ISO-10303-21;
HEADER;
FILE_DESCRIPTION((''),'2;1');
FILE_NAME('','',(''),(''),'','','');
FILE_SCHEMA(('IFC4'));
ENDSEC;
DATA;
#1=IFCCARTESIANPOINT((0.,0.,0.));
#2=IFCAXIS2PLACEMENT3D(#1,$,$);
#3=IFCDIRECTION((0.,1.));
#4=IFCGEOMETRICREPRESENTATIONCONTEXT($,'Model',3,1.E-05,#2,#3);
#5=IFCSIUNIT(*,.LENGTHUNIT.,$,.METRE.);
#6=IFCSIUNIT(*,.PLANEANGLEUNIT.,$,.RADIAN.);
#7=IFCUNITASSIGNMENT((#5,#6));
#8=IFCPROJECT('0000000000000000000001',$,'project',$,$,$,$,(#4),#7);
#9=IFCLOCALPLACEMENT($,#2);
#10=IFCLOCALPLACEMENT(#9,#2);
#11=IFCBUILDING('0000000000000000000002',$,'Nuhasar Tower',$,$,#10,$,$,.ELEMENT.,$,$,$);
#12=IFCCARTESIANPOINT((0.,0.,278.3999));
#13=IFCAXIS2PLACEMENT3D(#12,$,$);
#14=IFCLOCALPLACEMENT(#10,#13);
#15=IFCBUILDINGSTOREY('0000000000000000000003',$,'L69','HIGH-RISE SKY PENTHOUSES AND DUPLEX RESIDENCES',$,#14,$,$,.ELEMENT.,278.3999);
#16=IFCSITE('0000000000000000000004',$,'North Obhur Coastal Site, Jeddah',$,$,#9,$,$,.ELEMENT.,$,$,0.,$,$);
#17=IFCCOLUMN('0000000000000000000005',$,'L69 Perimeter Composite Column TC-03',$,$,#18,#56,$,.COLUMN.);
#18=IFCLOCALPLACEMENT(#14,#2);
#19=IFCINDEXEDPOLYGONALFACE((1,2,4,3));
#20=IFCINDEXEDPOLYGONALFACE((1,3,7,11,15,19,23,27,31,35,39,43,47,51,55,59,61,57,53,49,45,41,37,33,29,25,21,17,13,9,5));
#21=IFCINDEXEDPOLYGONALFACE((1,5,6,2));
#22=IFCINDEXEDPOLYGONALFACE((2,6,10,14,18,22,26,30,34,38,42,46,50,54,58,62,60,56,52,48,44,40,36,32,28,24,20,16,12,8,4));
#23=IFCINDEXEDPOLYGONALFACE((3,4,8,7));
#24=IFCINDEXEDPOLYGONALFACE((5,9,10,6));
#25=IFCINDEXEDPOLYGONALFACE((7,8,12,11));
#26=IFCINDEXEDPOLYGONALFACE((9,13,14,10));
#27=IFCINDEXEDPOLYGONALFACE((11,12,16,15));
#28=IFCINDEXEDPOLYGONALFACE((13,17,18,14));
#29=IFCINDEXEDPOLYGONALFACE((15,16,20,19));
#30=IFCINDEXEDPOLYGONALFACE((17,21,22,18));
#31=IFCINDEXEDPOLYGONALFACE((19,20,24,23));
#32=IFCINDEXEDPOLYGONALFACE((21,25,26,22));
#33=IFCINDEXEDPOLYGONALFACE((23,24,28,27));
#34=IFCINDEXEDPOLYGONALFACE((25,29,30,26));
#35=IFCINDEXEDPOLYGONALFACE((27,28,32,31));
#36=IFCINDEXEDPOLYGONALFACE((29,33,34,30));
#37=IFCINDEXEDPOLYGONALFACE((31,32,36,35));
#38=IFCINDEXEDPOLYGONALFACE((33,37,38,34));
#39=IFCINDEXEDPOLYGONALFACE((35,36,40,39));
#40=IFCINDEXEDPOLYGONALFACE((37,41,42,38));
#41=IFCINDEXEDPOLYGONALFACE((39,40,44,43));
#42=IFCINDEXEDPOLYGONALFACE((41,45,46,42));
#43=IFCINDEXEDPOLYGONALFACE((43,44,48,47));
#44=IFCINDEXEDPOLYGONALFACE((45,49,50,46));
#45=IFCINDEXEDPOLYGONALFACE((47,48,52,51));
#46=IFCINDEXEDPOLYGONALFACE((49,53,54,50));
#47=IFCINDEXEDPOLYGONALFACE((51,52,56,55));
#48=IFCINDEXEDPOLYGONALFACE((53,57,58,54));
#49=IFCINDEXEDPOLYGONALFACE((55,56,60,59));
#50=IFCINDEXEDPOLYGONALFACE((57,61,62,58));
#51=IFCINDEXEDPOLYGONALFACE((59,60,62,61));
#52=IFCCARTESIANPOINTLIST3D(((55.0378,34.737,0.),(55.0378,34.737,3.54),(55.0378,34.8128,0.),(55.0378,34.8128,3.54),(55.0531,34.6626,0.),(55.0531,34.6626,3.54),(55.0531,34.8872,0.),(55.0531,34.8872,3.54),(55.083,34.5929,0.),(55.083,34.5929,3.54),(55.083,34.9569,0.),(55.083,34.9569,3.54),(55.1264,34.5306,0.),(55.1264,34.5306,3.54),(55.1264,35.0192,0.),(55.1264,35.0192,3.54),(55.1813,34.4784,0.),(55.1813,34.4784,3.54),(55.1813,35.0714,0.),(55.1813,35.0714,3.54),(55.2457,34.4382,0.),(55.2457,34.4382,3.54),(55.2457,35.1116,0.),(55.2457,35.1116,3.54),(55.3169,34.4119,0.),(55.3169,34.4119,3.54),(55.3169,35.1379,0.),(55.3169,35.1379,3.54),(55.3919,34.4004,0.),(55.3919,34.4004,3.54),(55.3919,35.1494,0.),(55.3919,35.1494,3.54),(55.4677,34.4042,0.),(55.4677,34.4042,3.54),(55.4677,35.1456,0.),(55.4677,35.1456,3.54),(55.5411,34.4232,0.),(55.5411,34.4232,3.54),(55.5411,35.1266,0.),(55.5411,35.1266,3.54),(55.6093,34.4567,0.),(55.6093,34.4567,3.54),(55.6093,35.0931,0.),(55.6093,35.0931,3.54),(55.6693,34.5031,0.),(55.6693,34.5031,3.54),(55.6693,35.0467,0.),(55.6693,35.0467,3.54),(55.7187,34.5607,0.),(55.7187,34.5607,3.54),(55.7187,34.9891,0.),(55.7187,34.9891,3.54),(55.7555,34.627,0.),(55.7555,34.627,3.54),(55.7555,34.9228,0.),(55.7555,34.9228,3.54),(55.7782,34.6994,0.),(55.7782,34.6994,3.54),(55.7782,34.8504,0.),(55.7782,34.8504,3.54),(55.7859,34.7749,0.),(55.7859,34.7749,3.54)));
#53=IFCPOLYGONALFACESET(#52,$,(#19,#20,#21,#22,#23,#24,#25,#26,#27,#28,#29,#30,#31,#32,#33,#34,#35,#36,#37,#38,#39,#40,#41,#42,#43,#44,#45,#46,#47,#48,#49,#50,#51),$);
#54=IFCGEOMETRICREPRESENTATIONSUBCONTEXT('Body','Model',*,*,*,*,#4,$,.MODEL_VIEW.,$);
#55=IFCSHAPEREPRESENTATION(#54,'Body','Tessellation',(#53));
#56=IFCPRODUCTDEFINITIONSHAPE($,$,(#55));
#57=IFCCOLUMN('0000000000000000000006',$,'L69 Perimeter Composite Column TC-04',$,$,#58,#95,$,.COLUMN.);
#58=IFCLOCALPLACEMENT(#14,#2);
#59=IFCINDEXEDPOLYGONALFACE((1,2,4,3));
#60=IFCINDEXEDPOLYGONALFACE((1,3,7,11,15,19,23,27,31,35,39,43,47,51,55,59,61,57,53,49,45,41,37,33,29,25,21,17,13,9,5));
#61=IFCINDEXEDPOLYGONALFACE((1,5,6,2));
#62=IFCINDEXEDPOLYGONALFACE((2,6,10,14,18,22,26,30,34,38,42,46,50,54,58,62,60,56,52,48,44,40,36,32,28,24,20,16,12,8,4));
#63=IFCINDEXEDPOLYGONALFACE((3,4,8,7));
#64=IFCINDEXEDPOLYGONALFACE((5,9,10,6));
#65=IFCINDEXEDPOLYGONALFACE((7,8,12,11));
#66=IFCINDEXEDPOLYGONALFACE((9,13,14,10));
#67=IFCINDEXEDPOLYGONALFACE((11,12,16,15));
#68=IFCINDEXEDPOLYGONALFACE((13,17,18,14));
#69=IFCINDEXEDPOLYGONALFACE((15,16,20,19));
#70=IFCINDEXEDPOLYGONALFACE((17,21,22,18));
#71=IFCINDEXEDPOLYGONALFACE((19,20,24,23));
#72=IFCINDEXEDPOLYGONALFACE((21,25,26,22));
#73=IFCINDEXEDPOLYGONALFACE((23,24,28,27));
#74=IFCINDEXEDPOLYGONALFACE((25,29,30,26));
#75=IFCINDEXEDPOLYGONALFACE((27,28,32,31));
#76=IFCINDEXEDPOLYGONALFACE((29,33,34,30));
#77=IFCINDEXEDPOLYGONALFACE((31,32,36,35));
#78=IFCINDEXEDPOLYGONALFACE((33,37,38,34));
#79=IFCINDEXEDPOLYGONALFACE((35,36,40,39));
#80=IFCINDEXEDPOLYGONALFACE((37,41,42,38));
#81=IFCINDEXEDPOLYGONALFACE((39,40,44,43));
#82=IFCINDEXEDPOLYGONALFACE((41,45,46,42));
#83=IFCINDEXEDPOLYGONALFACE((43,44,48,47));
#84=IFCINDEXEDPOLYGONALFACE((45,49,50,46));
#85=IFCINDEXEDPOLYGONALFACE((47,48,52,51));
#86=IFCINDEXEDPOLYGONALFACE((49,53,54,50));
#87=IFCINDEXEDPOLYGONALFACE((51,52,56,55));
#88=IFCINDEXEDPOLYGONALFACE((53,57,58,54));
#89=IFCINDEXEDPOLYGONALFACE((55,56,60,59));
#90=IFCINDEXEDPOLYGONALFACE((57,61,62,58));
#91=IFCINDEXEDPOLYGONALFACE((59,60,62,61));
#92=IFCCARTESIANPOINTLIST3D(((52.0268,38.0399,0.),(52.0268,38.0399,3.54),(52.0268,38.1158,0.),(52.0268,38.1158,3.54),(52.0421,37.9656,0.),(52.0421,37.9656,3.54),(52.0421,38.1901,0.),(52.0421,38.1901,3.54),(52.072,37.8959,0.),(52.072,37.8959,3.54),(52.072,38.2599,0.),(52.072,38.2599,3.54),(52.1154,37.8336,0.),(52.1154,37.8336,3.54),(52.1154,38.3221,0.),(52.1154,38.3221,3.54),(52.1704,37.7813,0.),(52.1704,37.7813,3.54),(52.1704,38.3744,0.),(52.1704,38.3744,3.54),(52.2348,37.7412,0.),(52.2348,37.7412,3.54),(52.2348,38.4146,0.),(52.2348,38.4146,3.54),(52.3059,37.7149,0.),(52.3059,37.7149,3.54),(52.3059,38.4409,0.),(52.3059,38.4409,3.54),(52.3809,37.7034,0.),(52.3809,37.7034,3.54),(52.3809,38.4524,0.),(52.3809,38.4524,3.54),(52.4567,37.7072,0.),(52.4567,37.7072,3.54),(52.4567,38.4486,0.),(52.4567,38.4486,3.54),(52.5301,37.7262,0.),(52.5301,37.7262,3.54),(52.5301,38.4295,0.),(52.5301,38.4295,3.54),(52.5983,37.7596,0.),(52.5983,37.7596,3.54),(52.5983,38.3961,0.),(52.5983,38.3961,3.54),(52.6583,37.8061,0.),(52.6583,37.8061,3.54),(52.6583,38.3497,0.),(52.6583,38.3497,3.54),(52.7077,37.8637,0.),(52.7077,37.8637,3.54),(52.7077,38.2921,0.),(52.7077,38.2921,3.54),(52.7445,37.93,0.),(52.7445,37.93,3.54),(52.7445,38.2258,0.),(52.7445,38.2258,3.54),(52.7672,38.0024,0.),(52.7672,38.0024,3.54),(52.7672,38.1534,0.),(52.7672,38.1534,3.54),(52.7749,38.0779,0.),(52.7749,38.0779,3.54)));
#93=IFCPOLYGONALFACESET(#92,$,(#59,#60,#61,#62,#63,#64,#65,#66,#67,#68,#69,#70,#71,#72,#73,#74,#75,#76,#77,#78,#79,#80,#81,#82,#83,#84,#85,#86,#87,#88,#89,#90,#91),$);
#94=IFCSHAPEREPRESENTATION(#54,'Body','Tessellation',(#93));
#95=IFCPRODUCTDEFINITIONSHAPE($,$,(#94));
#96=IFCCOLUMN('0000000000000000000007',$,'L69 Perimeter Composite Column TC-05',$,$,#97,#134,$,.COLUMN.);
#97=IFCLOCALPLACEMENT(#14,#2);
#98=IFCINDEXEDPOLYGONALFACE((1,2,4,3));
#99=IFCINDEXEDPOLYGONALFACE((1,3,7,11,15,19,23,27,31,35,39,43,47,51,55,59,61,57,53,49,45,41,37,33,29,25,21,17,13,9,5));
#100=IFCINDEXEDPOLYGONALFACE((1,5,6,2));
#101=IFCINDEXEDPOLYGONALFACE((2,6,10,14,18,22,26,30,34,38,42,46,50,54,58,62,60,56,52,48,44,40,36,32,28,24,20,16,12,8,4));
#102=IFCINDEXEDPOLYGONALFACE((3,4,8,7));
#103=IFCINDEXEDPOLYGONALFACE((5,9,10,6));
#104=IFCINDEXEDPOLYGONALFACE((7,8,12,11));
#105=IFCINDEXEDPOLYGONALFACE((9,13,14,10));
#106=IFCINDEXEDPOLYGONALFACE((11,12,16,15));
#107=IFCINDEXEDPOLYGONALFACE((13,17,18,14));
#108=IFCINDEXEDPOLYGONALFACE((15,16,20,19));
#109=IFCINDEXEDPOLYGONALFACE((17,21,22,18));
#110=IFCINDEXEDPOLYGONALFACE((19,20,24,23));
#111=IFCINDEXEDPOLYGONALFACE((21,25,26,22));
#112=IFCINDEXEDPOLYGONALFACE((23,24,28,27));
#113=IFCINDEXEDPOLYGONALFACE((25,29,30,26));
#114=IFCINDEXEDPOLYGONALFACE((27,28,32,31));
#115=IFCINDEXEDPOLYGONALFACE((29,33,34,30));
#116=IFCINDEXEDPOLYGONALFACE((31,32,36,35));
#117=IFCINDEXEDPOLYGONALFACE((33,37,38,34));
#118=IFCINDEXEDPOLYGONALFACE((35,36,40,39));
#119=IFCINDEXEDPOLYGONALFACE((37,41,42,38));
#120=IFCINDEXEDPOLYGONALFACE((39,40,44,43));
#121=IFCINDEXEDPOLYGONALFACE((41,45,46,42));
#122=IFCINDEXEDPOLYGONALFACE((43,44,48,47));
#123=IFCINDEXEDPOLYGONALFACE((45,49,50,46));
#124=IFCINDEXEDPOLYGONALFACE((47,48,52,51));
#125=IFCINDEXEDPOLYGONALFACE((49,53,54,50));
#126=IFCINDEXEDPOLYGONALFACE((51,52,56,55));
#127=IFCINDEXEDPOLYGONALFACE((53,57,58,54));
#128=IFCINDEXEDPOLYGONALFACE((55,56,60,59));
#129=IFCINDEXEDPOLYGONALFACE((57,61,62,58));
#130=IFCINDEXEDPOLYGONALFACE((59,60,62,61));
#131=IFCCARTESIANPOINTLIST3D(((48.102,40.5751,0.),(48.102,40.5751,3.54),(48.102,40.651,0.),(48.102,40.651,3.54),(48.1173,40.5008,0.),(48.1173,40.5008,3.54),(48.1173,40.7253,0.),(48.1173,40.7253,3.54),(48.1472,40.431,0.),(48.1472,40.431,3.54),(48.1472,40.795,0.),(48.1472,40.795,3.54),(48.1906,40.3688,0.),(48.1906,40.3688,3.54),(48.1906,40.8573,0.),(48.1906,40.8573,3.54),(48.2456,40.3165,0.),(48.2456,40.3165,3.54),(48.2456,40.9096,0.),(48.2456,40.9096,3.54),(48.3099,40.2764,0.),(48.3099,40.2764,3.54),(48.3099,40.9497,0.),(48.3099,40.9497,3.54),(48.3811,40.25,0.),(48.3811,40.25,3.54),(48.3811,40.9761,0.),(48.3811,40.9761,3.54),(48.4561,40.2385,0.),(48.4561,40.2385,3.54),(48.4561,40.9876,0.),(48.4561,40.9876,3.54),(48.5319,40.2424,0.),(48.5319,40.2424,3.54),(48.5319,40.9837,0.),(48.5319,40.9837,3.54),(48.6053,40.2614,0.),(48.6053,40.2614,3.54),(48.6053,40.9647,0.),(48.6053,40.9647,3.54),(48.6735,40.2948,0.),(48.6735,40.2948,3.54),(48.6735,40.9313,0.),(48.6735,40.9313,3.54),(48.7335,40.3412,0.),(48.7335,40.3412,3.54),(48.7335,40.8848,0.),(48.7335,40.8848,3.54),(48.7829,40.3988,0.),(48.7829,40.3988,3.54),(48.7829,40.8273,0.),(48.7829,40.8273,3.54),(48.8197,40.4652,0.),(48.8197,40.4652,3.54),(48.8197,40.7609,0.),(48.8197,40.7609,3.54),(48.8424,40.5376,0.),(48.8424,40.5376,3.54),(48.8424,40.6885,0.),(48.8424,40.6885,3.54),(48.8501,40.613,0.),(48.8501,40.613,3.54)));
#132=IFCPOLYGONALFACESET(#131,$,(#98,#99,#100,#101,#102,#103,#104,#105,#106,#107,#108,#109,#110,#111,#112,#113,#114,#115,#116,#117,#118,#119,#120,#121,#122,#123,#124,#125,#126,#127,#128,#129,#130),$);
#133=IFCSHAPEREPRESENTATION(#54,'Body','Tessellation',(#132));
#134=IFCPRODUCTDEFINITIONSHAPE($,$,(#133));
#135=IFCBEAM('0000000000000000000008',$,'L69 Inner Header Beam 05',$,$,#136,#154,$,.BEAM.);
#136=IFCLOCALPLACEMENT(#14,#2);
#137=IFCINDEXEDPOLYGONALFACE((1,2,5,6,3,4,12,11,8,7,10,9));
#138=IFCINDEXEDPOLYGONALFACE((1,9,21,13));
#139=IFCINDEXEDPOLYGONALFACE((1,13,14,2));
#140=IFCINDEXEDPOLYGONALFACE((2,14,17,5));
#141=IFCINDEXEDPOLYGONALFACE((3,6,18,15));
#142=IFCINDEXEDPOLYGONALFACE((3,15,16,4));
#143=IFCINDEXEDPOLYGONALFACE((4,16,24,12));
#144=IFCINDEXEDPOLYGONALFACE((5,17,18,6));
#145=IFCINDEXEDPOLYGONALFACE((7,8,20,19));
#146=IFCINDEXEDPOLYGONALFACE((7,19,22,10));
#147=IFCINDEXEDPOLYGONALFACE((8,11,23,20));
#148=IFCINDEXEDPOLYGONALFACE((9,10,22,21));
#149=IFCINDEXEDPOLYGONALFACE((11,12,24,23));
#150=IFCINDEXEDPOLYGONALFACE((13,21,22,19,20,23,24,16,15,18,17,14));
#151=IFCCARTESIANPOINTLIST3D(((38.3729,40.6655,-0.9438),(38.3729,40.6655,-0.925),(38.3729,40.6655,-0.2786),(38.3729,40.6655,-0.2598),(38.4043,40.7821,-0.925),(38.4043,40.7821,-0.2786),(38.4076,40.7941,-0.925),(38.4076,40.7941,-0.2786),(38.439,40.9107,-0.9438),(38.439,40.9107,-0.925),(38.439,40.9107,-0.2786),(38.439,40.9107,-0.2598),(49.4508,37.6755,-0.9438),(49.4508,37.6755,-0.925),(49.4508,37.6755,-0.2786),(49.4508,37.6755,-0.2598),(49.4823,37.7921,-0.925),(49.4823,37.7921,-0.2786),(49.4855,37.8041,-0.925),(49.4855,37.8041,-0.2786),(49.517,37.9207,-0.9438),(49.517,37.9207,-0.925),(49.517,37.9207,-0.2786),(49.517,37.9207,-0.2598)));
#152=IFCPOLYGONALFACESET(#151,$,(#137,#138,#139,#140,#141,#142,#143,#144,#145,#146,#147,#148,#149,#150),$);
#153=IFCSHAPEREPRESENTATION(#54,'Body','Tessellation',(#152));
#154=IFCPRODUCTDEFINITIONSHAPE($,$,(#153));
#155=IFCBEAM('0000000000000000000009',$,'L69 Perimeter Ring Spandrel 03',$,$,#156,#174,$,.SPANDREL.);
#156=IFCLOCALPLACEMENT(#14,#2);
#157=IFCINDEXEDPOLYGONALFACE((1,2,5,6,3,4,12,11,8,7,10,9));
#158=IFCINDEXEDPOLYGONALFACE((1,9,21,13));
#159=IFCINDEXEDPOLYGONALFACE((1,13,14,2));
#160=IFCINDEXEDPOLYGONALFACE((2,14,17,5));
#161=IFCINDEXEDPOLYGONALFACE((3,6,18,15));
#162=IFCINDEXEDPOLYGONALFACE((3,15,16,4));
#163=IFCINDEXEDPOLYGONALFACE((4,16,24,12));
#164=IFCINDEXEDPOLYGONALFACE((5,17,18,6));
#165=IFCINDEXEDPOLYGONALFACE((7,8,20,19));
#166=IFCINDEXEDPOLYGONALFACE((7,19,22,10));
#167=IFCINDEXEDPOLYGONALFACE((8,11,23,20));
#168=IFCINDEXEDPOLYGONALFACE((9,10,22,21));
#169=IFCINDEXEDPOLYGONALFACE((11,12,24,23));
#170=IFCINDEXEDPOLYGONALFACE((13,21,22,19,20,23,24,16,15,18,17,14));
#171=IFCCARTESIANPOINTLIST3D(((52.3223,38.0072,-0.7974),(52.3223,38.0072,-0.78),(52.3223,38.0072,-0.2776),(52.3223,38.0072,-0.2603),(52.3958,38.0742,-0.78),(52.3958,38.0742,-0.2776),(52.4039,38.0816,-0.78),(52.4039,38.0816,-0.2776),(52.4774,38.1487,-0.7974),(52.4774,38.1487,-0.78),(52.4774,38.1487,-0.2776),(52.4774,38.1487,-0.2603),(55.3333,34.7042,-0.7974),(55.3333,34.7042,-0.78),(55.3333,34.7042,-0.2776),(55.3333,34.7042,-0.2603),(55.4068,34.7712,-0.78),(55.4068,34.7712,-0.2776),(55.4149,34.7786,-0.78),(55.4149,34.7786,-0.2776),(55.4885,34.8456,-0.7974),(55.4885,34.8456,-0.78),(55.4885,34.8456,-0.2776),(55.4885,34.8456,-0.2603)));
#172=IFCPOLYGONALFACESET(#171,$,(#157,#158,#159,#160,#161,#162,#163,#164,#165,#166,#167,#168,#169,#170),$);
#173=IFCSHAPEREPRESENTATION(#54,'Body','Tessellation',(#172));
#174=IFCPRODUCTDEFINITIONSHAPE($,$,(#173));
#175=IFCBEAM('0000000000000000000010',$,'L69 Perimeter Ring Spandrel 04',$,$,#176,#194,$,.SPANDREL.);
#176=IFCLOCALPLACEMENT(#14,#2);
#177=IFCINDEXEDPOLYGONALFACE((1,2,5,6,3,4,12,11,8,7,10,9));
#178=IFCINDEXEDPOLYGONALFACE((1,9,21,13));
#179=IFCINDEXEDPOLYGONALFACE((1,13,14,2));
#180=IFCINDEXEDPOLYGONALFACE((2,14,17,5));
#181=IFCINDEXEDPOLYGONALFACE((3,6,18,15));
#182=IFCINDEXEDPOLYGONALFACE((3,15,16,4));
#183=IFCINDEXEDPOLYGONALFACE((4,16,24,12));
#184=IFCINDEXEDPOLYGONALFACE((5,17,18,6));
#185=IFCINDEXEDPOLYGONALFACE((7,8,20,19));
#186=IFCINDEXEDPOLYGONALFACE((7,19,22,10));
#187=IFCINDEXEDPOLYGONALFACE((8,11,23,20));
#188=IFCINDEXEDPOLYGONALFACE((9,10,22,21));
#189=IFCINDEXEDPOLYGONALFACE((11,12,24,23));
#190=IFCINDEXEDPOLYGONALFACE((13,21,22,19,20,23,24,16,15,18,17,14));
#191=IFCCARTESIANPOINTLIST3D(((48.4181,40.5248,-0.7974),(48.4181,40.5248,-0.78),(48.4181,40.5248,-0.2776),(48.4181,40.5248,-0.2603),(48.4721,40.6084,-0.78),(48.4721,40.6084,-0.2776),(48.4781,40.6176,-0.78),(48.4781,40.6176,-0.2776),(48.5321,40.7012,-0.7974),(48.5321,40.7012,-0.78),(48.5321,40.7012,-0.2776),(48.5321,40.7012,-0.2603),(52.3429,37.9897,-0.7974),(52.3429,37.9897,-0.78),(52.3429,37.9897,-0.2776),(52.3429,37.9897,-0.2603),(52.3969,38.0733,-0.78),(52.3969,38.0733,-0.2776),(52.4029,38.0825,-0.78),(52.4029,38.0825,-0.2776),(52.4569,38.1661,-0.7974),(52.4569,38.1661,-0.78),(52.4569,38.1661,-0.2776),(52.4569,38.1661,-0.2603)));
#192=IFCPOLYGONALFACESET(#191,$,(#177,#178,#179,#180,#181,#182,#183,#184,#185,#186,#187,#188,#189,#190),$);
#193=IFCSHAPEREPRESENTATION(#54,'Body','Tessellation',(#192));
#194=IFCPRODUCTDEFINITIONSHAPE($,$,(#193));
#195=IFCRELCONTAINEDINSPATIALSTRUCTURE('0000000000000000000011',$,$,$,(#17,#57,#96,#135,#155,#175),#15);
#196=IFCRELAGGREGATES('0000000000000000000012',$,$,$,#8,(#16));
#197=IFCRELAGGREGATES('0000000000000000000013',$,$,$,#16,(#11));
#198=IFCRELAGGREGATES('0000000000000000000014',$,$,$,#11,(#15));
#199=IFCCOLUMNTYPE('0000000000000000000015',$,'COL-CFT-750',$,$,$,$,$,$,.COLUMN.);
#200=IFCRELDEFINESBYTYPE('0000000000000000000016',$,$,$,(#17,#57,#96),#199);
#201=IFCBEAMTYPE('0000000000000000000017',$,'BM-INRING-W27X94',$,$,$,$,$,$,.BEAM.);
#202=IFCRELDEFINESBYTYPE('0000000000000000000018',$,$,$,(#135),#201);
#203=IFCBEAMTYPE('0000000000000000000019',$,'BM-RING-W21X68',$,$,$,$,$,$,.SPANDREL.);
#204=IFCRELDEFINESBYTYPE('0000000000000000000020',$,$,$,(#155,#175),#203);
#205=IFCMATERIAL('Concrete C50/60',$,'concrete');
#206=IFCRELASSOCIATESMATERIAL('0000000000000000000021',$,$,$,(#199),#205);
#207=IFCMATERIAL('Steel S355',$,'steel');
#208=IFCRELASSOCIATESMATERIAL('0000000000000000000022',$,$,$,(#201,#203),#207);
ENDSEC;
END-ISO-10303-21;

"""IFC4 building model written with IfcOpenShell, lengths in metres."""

from ifc_helpers import new_model, si_unit, direction, frame, origin, origin_2d, place, context, subcontext, project, spatial, circle, i_section, extrude, material, material_profile, profile_set, type_object, element, save


model = new_model("IFC4")

# Units and contexts
model_context = context("Model", 3, precision=1e-05, world=origin(), true_north=direction((0.0, 1.0)))
body_context = subcontext(model_context, "Body", "Model", "MODEL_VIEW")
ifc_project = project(units=[si_unit("LENGTHUNIT", "METRE"), si_unit("PLANEANGLEUNIT", "RADIAN")], contexts=[model_context])

# Site, building, storey
site_placement = place(None, origin())
site = spatial("IfcSite", under=ifc_project, at=site_placement, Name="North Obhur Coastal Site, Jeddah", CompositionType="ELEMENT", RefElevation=0.0)
building_placement = place(site_placement, origin())
building = spatial("IfcBuilding", under=site, at=building_placement, Name="Nuhasar Tower", CompositionType="ELEMENT")
storey_placement = place(building_placement, frame((0.0, 0.0, 278.3999)))
storey = spatial("IfcBuildingStorey", under=building, at=storey_placement, Name="L69", Description="HIGH-RISE SKY PENTHOUSES AND DUPLEX RESIDENCES", CompositionType="ELEMENT", Elevation=278.3999)

# Columns
ifc_material_1 = material(Name="Concrete C50/60", Category="concrete")
ifc_material_profile_1 = material_profile(ifc_material_1, circle(Radius=0.375, at=origin_2d()), Name="CFT750")
ifc_profile_set_1 = profile_set([ifc_material_profile_1], Name="Concrete C50/60")
column_type = type_object("IfcColumnType", Name="COL-CFT-750", PredefinedType="COLUMN", material=ifc_profile_set_1)
for number, where, z_axis, x_axis, name in (
    (1, (55.4109, 34.7749, 0.0), (0.0, 0.0, 1.0), (1.0, 0.0, 0.0), "L69 Perimeter Composite Column TC-03"),
    (2, (52.3999, 38.0779, 0.0), (0.0, 0.0, 1.0), (1.0, 0.0, 0.0), "L69 Perimeter Composite Column TC-04"),
    (3, (48.4751, 40.613, 0.0), (0.0, 0.0, 1.0), (1.0, 0.0, 0.0), "L69 Perimeter Composite Column TC-05"),
):
    element("IfcColumn", number, at=place(storey_placement, frame(where, z_axis=z_axis, x_axis=x_axis)), inside=storey, type_object=column_type, Name=name, PredefinedType="COLUMN", context=body_context, shape_type="SweptSolid", body=[
        extrude(circle(Radius=0.375, at=origin_2d()), origin(), (0.0, 0.0, 1.0), 3.54),
    ])

# Beams
ifc_material_2 = material(Name="Steel S355", Category="steel")
ifc_material_profile_2 = material_profile(ifc_material_2, i_section(OverallWidth=0.2539, OverallDepth=0.6841, WebThickness=0.0125, FlangeThickness=0.0188, at=origin_2d()), Name="W27X94")
ifc_profile_set_2 = profile_set([ifc_material_profile_2], Name="Steel S355")
beam_type_1 = type_object("IfcBeamType", Name="BM-INRING-W27X94", PredefinedType="BEAM", material=ifc_profile_set_2)
beam_1_placement = place(storey_placement, frame((49.4839, 37.7981, -0.6018), z_axis=(-0.965452, 0.260582, 0.0), x_axis=(-0.260582, -0.965452, 0.0)))
element("IfcBeam", 4, at=beam_1_placement, inside=storey, type_object=beam_type_1, Name="L69 Inner Header Beam 05", PredefinedType="BEAM", context=body_context, shape_type="SweptSolid", body=[
    extrude(i_section(OverallWidth=0.2539, OverallDepth=0.6841, WebThickness=0.0125, FlangeThickness=0.0188, at=origin_2d()), origin(), (0.0, 0.0, 1.0), 11.4744),
])
ifc_material_profile_3 = material_profile(ifc_material_2, i_section(OverallWidth=0.21, OverallDepth=0.5371, WebThickness=0.011, FlangeThickness=0.0173, at=origin_2d()), Name="W21X68")
ifc_profile_set_3 = profile_set([ifc_material_profile_3], Name="Steel S355")
beam_type_2 = type_object("IfcBeamType", Name="BM-RING-W21X68", PredefinedType="SPANDREL", material=ifc_profile_set_3)
beam_2_placement = place(storey_placement, frame((55.4109, 34.7749, -0.5288), z_axis=(-0.673686, 0.739017, 0.0), x_axis=(-0.739017, -0.673686, 0.0)))
element("IfcBeam", 5, at=beam_2_placement, inside=storey, type_object=beam_type_2, Name="L69 Perimeter Ring Spandrel 03", PredefinedType="SPANDREL", context=body_context, shape_type="SweptSolid", body=[
    extrude(i_section(OverallWidth=0.21, OverallDepth=0.5371, WebThickness=0.011, FlangeThickness=0.0173, at=origin_2d()), origin(), (0.0, 0.0, 1.0), 4.4695),
])
beam_3_placement = place(storey_placement, frame((52.3999, 38.0779, -0.5288), z_axis=(-0.840002, 0.542584, 0.0), x_axis=(-0.542584, -0.840002, 0.0)))
element("IfcBeam", 6, at=beam_3_placement, inside=storey, type_object=beam_type_2, Name="L69 Perimeter Ring Spandrel 04", PredefinedType="SPANDREL", context=body_context, shape_type="SweptSolid", body=[
    extrude(i_section(OverallWidth=0.21, OverallDepth=0.5371, WebThickness=0.011, FlangeThickness=0.0173, at=origin_2d()), origin(), (0.0, 0.0, 1.0), 4.6724),
])

save(model, "model.ifc")
